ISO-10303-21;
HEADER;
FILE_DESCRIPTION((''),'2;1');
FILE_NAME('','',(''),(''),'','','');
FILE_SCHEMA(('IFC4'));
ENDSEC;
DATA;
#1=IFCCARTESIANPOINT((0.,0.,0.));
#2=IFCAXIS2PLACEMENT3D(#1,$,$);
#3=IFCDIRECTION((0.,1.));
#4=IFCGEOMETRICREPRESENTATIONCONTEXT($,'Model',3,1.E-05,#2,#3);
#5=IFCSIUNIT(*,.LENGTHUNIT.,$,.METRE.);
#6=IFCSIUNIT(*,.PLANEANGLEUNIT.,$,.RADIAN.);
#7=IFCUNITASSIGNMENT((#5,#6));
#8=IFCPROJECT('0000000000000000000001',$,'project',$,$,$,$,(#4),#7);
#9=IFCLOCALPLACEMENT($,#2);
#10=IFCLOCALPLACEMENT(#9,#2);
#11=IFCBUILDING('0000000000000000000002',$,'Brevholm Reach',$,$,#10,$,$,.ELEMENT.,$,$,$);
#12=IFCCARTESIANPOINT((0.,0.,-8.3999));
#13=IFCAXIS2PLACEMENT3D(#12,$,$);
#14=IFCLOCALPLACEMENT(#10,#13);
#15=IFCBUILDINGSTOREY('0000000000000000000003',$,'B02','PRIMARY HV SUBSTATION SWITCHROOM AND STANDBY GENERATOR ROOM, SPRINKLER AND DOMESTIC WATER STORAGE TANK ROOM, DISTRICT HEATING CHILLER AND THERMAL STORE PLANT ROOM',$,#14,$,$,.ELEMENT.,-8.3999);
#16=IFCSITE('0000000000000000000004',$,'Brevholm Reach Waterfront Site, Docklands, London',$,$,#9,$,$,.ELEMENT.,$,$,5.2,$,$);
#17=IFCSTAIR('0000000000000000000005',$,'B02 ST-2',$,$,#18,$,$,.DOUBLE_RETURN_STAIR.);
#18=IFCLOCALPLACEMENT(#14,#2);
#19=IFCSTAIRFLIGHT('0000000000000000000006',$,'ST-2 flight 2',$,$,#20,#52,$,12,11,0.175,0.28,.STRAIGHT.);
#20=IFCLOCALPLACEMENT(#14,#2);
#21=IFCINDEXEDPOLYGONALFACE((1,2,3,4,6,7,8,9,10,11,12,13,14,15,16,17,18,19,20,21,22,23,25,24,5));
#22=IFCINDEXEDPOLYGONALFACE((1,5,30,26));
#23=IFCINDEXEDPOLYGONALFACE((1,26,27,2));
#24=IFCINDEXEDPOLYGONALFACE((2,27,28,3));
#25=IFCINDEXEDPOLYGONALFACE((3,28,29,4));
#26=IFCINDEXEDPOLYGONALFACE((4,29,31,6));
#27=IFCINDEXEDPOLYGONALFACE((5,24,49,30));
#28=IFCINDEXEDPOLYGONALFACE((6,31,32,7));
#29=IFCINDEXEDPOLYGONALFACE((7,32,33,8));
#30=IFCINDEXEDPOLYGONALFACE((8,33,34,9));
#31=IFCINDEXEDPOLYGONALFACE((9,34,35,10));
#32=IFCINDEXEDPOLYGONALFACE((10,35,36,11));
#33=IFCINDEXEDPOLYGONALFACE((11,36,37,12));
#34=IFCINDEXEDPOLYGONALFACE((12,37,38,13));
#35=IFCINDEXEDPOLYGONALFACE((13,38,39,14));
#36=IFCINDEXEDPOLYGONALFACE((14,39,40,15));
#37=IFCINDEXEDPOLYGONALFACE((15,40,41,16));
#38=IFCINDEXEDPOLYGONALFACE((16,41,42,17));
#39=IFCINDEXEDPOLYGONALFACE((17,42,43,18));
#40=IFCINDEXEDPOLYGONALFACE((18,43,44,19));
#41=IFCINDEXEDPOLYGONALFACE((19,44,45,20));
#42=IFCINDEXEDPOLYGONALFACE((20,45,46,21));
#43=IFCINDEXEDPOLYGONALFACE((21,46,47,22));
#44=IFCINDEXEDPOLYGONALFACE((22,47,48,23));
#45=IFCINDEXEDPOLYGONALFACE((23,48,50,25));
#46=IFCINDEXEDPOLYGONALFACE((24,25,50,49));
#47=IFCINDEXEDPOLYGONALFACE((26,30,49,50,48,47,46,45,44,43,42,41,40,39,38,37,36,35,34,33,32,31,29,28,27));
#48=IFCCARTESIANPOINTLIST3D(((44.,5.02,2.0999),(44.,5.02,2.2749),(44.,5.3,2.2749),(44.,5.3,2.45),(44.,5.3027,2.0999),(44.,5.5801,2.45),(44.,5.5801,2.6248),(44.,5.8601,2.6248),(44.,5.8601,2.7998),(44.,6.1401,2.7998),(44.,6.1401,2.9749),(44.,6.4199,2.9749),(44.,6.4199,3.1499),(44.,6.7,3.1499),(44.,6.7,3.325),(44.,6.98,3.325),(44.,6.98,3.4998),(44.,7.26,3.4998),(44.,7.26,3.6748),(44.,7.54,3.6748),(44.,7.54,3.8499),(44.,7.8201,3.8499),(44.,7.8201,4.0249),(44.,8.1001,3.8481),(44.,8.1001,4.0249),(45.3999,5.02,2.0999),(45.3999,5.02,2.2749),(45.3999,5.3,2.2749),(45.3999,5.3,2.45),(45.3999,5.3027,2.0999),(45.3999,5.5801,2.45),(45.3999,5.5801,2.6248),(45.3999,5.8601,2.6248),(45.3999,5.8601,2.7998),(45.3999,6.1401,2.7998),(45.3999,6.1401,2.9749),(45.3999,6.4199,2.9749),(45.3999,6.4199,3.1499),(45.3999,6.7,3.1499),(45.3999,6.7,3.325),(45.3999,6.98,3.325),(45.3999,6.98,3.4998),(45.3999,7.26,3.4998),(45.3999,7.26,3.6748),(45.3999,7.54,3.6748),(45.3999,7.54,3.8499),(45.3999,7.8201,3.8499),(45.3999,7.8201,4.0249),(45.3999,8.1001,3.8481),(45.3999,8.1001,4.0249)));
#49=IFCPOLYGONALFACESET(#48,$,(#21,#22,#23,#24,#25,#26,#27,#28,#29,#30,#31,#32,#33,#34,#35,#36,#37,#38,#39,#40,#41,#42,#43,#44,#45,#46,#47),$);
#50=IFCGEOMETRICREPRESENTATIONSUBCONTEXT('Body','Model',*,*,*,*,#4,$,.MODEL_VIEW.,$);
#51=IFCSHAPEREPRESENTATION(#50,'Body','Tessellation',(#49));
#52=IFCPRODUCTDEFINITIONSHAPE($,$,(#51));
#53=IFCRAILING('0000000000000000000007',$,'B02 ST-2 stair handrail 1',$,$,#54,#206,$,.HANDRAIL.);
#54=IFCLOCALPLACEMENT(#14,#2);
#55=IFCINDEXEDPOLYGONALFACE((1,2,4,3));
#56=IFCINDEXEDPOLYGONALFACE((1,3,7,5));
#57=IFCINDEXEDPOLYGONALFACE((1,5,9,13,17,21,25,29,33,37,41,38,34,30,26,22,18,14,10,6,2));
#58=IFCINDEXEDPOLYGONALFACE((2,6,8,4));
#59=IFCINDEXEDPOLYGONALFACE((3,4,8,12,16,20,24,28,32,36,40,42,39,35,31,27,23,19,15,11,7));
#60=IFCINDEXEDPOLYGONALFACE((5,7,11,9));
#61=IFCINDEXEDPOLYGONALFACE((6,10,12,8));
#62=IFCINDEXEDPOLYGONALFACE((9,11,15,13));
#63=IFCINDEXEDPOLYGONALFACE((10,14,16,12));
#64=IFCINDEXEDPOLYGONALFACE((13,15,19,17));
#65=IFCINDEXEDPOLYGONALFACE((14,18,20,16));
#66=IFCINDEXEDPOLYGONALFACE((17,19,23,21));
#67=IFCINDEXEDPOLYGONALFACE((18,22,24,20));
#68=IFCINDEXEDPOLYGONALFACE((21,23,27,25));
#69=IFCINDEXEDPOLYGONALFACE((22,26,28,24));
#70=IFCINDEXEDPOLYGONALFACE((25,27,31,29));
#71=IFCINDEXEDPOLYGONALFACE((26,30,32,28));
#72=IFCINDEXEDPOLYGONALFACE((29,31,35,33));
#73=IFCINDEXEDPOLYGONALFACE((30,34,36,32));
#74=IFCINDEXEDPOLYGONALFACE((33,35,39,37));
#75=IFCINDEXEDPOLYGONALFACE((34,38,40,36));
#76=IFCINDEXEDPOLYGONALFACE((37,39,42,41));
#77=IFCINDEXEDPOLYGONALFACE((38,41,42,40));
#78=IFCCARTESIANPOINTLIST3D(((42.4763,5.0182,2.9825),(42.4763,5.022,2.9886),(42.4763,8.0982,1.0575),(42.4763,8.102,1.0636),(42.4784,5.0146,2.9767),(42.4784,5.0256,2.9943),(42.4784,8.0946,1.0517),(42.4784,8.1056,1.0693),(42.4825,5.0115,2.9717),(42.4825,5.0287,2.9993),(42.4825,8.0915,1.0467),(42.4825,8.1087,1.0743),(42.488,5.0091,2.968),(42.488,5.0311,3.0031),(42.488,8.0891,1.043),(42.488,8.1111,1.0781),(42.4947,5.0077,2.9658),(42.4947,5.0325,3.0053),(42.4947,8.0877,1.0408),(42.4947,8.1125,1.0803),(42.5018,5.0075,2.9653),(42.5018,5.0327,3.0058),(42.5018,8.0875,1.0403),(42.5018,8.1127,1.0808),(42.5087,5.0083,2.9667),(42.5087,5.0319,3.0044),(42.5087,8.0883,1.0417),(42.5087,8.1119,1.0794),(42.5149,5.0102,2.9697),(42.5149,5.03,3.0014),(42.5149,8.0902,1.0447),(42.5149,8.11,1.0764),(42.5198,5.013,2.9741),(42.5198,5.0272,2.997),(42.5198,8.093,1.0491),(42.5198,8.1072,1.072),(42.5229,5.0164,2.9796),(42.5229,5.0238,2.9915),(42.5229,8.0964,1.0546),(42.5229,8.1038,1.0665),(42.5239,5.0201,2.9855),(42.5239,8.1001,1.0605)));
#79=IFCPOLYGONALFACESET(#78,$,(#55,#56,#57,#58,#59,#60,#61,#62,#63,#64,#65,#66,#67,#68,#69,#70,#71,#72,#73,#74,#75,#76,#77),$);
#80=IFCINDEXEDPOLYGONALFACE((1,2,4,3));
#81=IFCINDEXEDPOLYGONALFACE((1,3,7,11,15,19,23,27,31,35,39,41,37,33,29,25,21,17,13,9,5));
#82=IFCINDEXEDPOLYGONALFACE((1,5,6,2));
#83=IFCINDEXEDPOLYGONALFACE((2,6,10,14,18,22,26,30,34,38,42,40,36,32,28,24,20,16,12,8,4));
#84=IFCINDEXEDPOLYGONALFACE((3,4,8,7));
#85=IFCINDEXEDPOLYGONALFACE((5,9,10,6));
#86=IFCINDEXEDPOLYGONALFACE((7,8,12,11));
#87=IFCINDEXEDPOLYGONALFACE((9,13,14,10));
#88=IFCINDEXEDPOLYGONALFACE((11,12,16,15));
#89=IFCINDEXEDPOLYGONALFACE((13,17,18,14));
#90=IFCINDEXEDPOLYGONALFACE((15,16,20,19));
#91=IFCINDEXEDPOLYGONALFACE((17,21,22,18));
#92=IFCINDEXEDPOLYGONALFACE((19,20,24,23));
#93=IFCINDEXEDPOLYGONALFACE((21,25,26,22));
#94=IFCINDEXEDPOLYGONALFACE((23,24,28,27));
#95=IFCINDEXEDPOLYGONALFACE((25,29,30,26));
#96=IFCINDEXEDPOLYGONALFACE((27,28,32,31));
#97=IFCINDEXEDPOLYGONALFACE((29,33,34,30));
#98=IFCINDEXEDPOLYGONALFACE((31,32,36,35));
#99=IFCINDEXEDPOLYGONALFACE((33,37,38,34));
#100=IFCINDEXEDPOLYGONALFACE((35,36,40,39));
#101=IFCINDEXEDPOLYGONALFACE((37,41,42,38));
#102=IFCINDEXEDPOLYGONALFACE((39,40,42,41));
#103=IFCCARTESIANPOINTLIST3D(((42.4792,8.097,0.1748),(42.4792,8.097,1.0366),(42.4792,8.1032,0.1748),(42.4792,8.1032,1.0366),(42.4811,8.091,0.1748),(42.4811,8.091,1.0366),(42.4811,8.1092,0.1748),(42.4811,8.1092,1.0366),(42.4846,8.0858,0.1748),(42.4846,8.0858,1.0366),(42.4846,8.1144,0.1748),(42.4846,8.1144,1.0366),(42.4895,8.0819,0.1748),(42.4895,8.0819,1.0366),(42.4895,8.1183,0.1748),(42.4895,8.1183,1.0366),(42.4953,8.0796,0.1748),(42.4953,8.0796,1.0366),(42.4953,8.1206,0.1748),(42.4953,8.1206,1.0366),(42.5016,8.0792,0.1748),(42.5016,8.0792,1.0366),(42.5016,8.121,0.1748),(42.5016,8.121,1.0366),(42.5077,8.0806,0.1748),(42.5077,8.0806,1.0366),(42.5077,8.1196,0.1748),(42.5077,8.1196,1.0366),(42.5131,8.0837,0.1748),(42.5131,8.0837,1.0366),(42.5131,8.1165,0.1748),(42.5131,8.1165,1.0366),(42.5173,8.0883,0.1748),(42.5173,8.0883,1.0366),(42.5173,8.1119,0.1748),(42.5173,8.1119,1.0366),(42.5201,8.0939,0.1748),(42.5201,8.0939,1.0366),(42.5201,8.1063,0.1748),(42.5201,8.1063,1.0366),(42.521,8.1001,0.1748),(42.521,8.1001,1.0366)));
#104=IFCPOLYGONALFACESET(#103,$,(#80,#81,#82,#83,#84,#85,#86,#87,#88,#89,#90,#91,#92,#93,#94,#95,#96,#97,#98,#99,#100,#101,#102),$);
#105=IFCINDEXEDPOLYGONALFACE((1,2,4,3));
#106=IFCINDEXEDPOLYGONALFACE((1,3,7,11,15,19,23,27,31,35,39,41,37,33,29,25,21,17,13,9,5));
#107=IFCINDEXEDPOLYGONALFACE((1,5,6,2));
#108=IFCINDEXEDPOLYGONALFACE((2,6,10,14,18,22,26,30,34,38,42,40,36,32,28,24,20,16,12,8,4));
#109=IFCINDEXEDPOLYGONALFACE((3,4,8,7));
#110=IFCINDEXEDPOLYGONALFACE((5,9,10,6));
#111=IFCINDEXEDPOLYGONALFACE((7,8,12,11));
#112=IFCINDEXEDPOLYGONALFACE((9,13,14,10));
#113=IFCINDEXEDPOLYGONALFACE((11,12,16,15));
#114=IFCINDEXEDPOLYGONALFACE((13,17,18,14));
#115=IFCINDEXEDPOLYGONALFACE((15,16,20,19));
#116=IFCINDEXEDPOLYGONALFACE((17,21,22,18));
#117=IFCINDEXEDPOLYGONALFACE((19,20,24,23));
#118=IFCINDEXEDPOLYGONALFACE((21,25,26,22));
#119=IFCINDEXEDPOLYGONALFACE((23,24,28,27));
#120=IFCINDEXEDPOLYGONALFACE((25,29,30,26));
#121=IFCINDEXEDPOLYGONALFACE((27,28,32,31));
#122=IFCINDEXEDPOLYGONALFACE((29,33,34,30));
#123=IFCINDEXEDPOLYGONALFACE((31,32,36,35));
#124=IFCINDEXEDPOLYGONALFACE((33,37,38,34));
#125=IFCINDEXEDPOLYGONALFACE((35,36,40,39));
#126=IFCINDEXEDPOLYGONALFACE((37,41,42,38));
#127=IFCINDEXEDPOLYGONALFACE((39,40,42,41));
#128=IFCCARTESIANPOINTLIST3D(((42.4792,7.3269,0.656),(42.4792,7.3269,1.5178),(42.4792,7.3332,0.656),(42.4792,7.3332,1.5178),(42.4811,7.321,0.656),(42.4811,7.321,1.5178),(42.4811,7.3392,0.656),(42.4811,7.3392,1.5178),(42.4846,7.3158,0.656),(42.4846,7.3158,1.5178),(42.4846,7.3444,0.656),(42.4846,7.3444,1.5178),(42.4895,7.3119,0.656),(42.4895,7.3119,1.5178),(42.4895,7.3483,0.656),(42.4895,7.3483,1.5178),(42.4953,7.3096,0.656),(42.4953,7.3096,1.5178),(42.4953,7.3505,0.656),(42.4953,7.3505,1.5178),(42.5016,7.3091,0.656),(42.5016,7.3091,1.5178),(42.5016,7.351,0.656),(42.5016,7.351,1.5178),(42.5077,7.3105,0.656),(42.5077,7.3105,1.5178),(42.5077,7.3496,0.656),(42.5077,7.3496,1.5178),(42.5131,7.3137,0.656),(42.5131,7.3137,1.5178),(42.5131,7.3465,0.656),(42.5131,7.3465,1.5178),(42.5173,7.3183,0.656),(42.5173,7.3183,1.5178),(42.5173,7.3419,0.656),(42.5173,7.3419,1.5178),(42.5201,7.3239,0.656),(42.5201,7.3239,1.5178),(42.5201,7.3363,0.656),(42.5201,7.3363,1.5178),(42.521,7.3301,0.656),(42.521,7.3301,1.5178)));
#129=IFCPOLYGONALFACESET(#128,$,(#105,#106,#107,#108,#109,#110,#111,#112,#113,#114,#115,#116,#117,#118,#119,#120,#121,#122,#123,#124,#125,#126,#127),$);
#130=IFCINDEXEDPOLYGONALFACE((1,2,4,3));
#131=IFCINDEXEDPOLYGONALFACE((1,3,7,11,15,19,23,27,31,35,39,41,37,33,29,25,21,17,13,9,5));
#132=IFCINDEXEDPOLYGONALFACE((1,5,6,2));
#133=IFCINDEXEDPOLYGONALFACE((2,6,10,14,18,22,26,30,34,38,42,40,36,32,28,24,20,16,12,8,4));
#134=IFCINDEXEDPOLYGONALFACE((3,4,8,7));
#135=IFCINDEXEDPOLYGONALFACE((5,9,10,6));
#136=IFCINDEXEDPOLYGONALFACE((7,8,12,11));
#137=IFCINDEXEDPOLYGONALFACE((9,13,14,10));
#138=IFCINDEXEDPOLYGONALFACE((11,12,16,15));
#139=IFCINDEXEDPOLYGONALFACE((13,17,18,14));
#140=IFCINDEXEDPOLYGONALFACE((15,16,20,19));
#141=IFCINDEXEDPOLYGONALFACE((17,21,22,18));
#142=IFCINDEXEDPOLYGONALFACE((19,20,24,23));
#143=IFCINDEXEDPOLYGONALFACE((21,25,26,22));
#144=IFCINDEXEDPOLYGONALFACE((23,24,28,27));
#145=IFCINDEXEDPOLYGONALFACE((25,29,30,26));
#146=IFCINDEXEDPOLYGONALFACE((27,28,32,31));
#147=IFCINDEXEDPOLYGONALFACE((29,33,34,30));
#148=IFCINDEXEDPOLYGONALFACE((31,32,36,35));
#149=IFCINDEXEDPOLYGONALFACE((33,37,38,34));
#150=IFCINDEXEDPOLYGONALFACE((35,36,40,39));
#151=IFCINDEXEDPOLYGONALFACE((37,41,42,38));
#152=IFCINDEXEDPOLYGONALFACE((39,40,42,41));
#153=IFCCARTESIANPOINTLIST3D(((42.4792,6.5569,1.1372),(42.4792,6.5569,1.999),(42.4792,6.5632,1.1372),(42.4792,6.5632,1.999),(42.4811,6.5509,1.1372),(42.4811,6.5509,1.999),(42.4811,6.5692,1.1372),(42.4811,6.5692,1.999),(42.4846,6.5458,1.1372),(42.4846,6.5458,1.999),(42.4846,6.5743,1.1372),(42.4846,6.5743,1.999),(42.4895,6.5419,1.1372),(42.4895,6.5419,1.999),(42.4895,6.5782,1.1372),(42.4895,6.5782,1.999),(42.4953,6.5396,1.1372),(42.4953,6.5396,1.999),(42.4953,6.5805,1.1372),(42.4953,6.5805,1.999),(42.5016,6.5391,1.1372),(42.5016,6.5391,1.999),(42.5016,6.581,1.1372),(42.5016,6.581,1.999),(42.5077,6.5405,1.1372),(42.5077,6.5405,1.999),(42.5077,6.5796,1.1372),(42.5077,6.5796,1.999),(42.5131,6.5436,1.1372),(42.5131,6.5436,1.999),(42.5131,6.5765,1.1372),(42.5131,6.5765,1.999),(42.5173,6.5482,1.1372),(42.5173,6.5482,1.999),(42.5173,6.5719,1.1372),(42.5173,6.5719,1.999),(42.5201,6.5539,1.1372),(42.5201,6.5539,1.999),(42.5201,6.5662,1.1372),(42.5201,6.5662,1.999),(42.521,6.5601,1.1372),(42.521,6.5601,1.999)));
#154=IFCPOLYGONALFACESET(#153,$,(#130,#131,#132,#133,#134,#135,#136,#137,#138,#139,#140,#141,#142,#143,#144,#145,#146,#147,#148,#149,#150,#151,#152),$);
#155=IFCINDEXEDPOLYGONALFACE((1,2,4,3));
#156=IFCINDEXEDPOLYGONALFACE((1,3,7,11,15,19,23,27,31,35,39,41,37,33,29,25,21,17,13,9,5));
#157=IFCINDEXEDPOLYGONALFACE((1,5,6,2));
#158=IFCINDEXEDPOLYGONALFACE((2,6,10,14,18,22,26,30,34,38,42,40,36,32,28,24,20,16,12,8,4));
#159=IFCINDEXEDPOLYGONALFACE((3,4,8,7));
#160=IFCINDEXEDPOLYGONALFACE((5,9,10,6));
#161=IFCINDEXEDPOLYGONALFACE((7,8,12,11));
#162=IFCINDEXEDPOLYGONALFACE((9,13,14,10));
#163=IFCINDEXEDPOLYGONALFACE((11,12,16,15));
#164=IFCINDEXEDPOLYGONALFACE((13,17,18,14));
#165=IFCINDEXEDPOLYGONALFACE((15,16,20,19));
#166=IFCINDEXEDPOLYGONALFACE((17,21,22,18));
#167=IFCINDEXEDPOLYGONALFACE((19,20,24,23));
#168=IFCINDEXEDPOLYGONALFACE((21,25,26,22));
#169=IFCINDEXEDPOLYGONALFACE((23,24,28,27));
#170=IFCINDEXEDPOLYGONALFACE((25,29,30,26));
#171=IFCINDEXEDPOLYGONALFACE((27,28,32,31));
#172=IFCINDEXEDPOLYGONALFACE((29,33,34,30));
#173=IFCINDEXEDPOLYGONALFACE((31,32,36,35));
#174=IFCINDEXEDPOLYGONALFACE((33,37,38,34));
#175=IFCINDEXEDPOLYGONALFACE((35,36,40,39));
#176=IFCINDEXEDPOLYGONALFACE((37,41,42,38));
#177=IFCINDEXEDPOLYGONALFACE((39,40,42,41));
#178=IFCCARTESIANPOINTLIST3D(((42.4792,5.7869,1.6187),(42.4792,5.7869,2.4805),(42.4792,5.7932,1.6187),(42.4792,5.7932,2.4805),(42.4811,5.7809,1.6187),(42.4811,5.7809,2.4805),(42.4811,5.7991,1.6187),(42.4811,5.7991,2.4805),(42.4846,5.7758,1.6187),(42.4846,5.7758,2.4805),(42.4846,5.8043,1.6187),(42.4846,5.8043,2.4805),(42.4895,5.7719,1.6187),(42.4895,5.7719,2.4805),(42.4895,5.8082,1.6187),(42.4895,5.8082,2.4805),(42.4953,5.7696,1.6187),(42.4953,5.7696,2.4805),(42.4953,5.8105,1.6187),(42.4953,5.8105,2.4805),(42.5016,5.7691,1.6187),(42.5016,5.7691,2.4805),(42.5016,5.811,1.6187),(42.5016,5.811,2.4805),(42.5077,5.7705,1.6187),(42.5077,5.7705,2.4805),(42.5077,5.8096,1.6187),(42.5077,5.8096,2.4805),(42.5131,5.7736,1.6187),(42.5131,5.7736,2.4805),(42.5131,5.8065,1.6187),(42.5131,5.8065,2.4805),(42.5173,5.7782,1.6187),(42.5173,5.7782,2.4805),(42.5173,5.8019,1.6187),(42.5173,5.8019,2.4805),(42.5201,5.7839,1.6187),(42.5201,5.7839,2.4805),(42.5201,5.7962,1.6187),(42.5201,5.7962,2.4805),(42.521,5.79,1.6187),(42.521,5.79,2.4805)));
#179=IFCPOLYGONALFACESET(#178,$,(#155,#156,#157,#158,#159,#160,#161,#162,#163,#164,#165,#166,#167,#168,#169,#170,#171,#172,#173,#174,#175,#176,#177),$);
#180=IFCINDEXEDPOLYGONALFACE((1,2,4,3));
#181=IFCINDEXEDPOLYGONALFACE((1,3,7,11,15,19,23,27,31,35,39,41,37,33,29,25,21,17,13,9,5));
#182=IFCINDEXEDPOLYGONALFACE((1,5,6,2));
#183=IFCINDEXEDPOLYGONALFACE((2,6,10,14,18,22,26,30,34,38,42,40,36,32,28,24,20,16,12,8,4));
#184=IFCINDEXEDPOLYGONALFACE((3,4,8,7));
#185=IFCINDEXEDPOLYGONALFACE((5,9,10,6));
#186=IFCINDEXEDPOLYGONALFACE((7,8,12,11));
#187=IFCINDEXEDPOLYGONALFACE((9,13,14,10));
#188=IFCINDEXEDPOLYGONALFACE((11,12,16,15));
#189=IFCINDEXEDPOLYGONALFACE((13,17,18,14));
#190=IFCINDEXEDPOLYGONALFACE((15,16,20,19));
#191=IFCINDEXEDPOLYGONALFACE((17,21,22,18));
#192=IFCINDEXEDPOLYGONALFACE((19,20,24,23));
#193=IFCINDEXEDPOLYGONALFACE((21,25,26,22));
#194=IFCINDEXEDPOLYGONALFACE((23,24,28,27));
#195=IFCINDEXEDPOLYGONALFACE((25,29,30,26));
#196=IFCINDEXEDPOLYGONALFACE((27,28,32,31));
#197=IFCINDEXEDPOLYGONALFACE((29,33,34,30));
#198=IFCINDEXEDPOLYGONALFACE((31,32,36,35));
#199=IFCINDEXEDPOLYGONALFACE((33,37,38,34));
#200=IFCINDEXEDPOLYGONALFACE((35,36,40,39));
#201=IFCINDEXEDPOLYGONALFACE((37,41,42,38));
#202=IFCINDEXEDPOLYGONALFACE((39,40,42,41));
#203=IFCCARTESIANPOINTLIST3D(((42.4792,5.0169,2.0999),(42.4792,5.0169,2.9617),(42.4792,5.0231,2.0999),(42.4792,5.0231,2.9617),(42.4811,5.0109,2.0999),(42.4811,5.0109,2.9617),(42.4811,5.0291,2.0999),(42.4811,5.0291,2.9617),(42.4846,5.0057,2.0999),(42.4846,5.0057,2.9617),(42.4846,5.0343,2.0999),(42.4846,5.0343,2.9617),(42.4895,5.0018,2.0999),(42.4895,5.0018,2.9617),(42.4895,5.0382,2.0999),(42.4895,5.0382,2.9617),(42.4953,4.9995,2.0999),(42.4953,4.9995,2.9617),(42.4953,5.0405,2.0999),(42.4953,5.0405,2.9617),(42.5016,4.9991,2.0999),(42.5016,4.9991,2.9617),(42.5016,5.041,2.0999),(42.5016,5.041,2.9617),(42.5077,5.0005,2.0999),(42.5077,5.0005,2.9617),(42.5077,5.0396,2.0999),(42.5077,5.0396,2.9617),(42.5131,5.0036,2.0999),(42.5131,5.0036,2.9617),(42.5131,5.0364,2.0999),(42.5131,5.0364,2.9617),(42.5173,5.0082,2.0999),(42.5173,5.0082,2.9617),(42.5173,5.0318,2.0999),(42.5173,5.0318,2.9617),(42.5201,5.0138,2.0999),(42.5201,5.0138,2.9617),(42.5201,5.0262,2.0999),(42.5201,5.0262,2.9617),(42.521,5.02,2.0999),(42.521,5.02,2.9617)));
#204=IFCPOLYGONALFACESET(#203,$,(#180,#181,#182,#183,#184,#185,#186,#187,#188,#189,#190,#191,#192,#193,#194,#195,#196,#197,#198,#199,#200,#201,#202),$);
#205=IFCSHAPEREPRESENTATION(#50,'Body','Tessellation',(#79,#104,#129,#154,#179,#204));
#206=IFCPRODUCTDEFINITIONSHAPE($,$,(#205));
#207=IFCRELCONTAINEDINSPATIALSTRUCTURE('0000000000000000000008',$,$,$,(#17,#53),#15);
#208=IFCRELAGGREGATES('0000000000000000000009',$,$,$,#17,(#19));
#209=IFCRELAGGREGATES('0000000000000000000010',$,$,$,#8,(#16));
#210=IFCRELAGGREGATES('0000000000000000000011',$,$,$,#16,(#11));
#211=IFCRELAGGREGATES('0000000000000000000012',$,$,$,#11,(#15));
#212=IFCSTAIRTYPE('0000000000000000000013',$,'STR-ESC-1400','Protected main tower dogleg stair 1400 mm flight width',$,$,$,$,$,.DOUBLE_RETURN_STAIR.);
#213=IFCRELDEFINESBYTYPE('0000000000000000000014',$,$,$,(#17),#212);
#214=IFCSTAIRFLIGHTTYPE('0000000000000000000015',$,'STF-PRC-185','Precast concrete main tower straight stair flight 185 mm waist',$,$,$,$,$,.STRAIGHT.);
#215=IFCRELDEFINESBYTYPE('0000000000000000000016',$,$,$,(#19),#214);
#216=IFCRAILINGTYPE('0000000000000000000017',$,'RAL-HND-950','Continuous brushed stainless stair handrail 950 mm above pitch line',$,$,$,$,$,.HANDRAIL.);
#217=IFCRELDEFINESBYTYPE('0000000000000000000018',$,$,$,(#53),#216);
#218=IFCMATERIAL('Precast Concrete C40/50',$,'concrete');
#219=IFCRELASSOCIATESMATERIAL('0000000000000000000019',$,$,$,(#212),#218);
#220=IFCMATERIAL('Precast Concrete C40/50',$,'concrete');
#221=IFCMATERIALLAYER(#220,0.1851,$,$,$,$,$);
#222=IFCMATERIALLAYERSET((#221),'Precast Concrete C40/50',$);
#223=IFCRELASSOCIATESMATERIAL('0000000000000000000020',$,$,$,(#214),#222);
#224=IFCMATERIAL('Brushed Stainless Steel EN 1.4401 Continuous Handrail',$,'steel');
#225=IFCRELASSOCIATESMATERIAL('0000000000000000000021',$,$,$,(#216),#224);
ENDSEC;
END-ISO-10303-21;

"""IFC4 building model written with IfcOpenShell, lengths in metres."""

from ifc_helpers import new_model, si_unit, direction, frame, origin, origin_2d, place, context, subcontext, project, spatial, polyline, circle, outline, extrude, material, layer, layer_set, type_object, element, aggregate, save


model = new_model("IFC4")

# Units and contexts
model_context = context("Model", 3, precision=1e-05, world=origin(), true_north=direction((0.0, 1.0)))
body_context = subcontext(model_context, "Body", "Model", "MODEL_VIEW")
ifc_project = project(units=[si_unit("LENGTHUNIT", "METRE"), si_unit("PLANEANGLEUNIT", "RADIAN")], contexts=[model_context])

# Site, building, storey
site_placement = place(None, origin())
site = spatial("IfcSite", under=ifc_project, at=site_placement, Name="Brevholm Reach Waterfront Site, Docklands, London", CompositionType="ELEMENT", RefElevation=5.2)
building_placement = place(site_placement, origin())
building = spatial("IfcBuilding", under=site, at=building_placement, Name="Brevholm Reach", CompositionType="ELEMENT")
storey_placement = place(building_placement, frame((0.0, 0.0, -8.3999)))
storey = spatial("IfcBuildingStorey", under=building, at=storey_placement, Name="B02", Description="PRIMARY HV SUBSTATION SWITCHROOM AND STANDBY GENERATOR ROOM, SPRINKLER AND DOMESTIC WATER STORAGE TANK ROOM, DISTRICT HEATING CHILLER AND THERMAL STORE PLANT ROOM", CompositionType="ELEMENT", Elevation=-8.3999)

# Stair, stair flight
ifc_material_1 = material(Name="Precast Concrete C40/50", Category="concrete")
stair_type = type_object("IfcStairType", Name="STR-ESC-1400", Description="Protected main tower dogleg stair 1400 mm flight width", PredefinedType="DOUBLE_RETURN_STAIR", material=ifc_material_1)
stair_placement = place(storey_placement, origin())
stair = element("IfcStair", 1, at=stair_placement, inside=storey, type_object=stair_type, Name="B02 ST-2", PredefinedType="DOUBLE_RETURN_STAIR")
ifc_material_2 = material(Name="Precast Concrete C40/50", Category="concrete")
ifc_layer_1 = layer(ifc_material_2, 0.1851)
ifc_layer_set_1 = layer_set([ifc_layer_1], Name="Precast Concrete C40/50")
stair_flight_type = type_object("IfcStairFlightType", Name="STF-PRC-185", Description="Precast concrete main tower straight stair flight 185 mm waist", PredefinedType="STRAIGHT", material=ifc_layer_set_1)
stair_flight_1_placement = place(storey_placement, frame((44.7, 5.02, 2.0999), z_axis=(0.0, 0.0, 1.0), x_axis=(0.0, 1.0, 0.0)))
stair_flight_1 = element("IfcStairFlight", 2, at=stair_flight_1_placement, type_object=stair_flight_type, Name="ST-2 flight 2", NumberOfRisers=12, NumberOfTreads=11, PredefinedType="STRAIGHT", RiserHeight=0.175, TreadLength=0.28, context=body_context, shape_type="SweptSolid", body=[
    extrude(outline(polyline([(0.0, 0.0), (0.0, 0.175), (0.28, 0.175), (0.28, 0.3501), (0.5601, 0.3501), (0.5601, 0.5249), (0.8401, 0.5249), (0.8401, 0.7), (1.1201, 0.7), (1.1201, 0.875), (1.3999, 0.875), (1.3999, 1.05), (1.6799, 1.05), (1.6799, 1.2251), (1.96, 1.2251), (1.96, 1.3999), (2.24, 1.3999), (2.24, 1.575), (2.52, 1.575), (2.52, 1.75), (2.8, 1.75), (2.8, 1.925), (3.0801, 1.925), (3.0801, 2.1001), (3.0801, 1.7483), (0.2827, 0.0), (0.0, 0.0)])), frame((0.0, 0.7, 0.0), z_axis=(0.0, -1.0, 0.0), x_axis=(1.0, 0.0, 0.0)), (0.0, 0.0, 1.0), 1.3999),
])
aggregate(stair, [stair_flight_1])

# Railing
ifc_material_3 = material(Name="Brushed Stainless Steel EN 1.4401 Continuous Handrail", Category="steel")
railing_type_1 = type_object("IfcRailingType", Name="RAL-HND-950", Description="Continuous brushed stainless stair handrail 950 mm above pitch line", PredefinedType="HANDRAIL", material=ifc_material_3)
railing_1_placement = place(storey_placement, frame((42.5, 8.1001, 0.1748)))
element("IfcRailing", 3, at=railing_1_placement, inside=storey, type_object=railing_type_1, Name="B02 ST-2 stair handrail 1", PredefinedType="HANDRAIL", context=body_context, shape_type="SweptSolid", body=[
    extrude(circle(Radius=0.0239, at=origin_2d()), frame((0.0, 0.0, 0.8857), z_axis=(0.0, -0.847998, 0.529999), x_axis=(1.0, 0.0, 0.0)), (0.0, 0.0, 1.0), 3.6321),
    extrude(circle(Radius=0.021, at=origin_2d()), origin(), (0.0, 0.0, 1.0), 0.8618),
    extrude(circle(Radius=0.021, at=origin_2d()), frame((0.0, -0.77, 0.4812)), (0.0, 0.0, 1.0), 0.8618),
    extrude(circle(Radius=0.021, at=origin_2d()), frame((0.0, -1.54, 0.9624)), (0.0, 0.0, 1.0), 0.8618),
    extrude(circle(Radius=0.021, at=origin_2d()), frame((0.0, -2.3101, 1.4438)), (0.0, 0.0, 1.0), 0.8618),
    extrude(circle(Radius=0.021, at=origin_2d()), frame((0.0, -3.0801, 1.925)), (0.0, 0.0, 1.0), 0.8618),
])

save(model, "model.ifc")
